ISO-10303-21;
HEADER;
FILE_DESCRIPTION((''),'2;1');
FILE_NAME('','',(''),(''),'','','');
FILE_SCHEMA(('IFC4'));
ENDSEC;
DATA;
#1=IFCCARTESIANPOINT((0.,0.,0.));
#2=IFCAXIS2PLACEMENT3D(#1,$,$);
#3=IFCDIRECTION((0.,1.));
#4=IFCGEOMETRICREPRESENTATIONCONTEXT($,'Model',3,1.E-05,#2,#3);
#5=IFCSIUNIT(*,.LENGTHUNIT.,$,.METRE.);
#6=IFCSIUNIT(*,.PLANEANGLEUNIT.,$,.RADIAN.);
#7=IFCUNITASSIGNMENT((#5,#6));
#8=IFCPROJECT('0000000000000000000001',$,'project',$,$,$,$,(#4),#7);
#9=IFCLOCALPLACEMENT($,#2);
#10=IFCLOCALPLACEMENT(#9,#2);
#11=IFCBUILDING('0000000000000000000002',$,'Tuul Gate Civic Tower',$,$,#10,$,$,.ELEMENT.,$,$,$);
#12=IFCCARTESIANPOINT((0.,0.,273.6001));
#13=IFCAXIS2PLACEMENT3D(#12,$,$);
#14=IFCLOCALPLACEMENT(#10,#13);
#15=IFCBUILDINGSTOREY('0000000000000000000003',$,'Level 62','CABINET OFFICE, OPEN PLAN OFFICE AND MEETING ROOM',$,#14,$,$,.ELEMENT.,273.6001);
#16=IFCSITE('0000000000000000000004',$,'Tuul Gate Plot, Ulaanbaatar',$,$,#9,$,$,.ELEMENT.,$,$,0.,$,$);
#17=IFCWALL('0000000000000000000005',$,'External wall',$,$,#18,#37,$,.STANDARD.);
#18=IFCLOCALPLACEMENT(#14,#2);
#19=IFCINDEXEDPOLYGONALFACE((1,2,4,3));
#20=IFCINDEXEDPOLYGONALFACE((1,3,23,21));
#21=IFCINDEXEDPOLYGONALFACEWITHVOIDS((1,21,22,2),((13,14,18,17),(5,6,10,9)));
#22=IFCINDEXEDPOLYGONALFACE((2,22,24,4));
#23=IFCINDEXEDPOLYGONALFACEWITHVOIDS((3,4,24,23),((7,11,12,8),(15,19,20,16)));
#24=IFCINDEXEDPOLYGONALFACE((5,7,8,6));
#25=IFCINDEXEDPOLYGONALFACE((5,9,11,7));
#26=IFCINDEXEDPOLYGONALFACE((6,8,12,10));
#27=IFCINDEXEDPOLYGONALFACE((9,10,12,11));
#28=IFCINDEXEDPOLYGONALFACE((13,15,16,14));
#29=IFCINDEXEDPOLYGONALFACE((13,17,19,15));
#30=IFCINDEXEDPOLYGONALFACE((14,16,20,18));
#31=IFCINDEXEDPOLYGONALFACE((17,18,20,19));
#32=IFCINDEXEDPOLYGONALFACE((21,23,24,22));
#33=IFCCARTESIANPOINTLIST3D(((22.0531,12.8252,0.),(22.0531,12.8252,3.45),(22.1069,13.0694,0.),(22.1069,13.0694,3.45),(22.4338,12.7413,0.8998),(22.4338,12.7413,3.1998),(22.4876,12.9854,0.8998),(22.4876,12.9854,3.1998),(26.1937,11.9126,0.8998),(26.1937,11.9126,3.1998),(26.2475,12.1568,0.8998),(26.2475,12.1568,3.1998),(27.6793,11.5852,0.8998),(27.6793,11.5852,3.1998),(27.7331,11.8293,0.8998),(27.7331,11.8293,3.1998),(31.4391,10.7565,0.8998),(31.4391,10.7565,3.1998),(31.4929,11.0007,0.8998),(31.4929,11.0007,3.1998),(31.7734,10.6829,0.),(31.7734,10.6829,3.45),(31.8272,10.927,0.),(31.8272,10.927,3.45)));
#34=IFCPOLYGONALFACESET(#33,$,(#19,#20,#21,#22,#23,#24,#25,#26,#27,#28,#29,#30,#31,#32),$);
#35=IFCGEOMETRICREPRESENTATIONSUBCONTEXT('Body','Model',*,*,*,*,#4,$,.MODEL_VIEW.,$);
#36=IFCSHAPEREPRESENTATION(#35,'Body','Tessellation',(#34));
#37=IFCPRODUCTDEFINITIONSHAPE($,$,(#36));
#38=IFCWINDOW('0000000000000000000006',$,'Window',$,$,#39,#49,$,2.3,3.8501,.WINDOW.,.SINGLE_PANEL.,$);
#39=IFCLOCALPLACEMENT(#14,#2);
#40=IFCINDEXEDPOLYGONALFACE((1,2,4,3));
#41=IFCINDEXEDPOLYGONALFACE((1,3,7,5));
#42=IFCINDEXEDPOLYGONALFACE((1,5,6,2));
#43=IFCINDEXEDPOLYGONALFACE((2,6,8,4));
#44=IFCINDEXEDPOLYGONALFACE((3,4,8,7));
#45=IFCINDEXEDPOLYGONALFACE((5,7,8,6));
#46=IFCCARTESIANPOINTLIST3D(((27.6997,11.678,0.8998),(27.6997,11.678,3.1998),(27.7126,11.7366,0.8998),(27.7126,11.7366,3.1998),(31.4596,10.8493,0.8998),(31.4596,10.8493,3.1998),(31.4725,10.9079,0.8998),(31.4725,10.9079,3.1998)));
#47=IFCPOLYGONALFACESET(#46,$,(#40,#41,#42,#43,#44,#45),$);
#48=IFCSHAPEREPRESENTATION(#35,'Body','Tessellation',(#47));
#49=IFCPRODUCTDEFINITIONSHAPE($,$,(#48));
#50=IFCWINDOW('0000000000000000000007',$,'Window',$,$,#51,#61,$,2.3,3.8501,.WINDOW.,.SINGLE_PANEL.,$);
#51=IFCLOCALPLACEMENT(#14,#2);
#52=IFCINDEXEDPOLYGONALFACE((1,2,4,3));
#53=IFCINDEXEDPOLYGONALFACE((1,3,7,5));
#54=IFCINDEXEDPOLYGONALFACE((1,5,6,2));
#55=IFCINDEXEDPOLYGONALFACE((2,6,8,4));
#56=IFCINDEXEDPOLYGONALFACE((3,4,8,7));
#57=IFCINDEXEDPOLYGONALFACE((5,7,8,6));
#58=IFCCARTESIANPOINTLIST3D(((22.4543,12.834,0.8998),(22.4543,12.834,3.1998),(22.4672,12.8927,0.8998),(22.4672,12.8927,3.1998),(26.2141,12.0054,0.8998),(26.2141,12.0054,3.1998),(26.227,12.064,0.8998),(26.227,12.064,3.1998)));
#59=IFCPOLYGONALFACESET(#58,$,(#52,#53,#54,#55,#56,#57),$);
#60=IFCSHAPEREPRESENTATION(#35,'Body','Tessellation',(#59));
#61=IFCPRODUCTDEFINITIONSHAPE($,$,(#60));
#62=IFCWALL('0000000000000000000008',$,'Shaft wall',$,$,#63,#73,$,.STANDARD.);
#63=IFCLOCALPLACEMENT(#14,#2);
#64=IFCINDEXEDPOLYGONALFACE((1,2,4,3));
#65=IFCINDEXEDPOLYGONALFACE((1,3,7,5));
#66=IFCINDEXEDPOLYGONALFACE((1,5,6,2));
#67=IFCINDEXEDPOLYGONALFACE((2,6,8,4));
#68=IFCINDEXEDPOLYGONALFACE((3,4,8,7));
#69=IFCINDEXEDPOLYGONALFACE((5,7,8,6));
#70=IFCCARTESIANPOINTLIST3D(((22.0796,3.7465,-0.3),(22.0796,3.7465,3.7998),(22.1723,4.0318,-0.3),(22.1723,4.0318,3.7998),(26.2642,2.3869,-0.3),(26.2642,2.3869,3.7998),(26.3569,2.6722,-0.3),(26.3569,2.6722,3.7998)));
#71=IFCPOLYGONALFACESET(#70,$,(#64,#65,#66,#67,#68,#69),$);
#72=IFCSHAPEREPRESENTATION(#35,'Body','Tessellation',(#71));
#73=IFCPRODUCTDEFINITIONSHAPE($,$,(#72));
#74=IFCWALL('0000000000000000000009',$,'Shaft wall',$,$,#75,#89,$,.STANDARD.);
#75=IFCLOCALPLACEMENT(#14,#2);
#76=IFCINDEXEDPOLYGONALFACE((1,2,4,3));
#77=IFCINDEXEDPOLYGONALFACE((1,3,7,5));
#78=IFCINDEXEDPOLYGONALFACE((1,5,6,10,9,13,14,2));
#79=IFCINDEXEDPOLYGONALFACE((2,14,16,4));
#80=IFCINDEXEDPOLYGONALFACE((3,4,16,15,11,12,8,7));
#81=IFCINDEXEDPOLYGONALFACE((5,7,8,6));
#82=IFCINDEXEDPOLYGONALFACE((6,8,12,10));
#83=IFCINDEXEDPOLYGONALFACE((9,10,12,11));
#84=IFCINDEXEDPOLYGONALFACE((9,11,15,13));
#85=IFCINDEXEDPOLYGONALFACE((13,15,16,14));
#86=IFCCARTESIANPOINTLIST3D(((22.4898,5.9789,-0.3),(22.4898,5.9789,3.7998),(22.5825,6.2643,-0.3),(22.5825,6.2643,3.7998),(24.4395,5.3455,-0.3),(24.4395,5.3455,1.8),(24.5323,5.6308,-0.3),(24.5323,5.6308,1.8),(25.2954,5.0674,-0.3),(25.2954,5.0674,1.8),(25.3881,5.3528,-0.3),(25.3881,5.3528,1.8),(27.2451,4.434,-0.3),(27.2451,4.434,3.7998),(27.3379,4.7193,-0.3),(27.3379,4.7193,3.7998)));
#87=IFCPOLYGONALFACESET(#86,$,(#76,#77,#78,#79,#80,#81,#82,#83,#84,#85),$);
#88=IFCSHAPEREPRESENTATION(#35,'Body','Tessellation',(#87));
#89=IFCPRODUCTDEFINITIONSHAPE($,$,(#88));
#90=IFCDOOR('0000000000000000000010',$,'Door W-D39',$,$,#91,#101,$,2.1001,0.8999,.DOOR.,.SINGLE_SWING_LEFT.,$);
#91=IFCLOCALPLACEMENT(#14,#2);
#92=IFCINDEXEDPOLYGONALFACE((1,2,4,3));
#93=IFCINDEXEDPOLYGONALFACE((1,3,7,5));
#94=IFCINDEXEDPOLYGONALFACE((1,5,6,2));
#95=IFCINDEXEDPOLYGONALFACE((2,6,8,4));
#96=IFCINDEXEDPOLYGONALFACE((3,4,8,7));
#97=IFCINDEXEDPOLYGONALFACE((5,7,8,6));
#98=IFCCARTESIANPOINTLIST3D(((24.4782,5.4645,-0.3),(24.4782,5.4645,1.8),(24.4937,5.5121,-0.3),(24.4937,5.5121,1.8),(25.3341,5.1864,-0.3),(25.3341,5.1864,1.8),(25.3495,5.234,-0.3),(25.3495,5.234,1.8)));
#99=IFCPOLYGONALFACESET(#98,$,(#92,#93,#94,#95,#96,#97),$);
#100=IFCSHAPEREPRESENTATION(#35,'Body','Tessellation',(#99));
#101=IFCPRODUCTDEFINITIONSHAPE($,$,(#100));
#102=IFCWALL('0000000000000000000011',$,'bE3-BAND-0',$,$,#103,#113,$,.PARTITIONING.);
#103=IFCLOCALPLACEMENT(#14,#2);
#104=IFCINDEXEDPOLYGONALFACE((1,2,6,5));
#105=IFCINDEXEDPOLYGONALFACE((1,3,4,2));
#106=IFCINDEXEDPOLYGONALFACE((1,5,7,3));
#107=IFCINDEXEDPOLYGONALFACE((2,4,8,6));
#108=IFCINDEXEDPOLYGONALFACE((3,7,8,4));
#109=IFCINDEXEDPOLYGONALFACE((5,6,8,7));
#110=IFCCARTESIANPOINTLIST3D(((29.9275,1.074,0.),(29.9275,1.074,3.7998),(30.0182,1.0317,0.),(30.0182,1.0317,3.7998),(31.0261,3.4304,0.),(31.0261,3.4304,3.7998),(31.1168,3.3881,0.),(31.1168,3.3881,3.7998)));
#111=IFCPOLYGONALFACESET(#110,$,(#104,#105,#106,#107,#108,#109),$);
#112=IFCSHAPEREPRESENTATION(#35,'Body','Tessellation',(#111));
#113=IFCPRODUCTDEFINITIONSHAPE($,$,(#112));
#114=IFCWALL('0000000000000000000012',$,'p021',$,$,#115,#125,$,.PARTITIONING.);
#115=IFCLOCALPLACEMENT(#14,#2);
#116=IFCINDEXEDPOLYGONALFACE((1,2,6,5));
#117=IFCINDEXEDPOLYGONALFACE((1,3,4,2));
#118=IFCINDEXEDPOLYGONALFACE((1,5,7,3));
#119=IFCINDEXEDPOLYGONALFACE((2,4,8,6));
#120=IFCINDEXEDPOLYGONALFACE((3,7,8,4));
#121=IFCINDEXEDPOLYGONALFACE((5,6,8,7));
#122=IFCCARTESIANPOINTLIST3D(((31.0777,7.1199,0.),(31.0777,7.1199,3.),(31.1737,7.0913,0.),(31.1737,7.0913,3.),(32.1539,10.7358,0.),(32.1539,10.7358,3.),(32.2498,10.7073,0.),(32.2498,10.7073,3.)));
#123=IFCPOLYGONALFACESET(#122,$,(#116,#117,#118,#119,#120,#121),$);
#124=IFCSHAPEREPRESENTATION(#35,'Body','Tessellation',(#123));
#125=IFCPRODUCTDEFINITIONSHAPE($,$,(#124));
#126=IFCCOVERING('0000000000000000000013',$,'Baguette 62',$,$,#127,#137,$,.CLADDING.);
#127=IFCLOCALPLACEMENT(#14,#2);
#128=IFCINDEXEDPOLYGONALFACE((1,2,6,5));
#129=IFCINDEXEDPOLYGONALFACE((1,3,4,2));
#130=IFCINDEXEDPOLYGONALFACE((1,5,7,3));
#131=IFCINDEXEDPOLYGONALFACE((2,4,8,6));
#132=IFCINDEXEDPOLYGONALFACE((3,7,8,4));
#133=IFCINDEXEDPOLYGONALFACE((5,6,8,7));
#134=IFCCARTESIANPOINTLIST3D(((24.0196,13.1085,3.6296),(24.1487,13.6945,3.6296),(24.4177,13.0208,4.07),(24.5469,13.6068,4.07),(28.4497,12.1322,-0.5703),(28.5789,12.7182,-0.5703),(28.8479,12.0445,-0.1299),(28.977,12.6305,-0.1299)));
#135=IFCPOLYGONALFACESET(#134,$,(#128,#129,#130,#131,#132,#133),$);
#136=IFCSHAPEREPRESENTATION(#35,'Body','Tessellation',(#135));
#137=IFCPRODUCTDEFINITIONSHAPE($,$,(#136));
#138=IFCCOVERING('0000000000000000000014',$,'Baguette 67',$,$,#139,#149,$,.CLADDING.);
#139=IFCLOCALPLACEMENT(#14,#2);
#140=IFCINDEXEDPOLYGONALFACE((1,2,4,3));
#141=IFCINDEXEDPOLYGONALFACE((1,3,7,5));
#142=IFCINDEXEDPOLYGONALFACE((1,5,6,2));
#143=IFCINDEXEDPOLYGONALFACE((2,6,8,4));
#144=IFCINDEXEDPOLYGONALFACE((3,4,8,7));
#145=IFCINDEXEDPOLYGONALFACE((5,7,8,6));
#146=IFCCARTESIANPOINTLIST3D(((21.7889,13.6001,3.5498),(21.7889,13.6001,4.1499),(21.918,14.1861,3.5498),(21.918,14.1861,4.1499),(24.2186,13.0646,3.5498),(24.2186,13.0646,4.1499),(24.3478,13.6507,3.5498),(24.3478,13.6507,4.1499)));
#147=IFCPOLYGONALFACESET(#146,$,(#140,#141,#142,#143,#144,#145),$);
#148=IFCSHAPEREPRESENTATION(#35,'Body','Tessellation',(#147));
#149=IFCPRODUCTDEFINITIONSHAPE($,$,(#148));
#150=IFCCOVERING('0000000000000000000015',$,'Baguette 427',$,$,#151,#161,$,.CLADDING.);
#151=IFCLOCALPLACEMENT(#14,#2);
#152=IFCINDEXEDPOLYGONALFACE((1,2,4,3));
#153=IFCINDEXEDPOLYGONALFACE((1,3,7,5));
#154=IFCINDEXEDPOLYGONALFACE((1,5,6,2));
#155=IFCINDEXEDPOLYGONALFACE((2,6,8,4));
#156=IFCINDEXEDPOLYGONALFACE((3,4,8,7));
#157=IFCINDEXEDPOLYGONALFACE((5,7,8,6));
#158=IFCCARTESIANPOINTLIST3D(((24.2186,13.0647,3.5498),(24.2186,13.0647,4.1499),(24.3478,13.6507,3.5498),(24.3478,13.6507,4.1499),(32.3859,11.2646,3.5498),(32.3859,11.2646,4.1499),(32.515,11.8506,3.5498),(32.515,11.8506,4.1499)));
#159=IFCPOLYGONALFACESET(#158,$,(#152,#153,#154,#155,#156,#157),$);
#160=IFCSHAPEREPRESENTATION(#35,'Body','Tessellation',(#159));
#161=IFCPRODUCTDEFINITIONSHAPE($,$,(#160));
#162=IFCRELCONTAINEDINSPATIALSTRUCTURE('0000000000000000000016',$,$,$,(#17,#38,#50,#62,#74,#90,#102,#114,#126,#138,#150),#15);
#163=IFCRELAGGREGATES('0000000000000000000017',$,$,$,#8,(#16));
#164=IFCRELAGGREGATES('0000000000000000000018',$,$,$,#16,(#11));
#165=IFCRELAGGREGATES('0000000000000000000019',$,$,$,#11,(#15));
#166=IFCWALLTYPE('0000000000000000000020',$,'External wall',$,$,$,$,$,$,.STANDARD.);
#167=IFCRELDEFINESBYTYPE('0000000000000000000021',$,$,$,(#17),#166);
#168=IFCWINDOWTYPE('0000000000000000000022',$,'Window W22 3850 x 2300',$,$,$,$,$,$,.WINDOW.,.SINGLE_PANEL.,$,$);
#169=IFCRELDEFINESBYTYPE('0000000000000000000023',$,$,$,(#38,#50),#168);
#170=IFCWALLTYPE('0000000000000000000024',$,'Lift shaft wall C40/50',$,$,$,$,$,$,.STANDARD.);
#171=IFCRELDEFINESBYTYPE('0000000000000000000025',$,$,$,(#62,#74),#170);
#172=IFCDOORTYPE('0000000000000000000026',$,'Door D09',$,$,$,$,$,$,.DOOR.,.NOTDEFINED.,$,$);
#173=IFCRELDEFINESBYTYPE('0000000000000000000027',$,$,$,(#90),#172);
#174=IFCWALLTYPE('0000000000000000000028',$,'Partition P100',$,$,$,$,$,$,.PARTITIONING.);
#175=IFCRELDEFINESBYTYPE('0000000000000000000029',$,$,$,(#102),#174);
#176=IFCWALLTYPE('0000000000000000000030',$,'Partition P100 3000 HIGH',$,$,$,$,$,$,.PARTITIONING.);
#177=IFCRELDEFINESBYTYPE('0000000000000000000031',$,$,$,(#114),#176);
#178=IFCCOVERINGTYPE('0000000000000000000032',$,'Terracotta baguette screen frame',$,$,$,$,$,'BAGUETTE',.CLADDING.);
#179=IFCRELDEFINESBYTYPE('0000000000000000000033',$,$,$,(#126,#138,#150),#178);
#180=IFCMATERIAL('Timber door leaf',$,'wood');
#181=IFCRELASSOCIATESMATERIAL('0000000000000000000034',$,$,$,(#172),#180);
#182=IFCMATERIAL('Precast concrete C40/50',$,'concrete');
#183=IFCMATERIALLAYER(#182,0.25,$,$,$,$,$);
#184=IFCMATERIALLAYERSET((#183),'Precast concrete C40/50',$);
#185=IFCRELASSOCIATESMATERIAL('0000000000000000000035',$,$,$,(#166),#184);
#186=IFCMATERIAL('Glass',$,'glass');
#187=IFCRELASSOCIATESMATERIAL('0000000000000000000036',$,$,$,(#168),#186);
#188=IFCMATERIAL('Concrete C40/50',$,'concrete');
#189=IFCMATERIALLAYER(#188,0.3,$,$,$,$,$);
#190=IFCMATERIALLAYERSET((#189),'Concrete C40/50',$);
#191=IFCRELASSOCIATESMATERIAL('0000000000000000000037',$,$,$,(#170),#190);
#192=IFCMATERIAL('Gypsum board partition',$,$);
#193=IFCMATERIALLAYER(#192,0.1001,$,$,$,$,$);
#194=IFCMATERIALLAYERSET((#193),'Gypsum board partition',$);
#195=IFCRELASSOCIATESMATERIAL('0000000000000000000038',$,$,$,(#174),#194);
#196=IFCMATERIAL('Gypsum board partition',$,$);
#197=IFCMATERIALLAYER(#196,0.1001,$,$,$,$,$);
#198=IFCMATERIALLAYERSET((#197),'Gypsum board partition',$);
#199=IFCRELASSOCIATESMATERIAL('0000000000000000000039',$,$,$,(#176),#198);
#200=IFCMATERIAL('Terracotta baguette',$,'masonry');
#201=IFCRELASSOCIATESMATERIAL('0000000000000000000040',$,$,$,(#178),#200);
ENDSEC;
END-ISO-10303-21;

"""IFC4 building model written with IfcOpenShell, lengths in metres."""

from ifc_helpers import new_model, si_unit, direction, frame, frame_2d, origin, origin_2d, place, context, subcontext, project, spatial, rectangle, extrude, material, layer, layer_set, material_profile, profile_set, type_object, element, fill, save


model = new_model("IFC4")

# Units and contexts
model_context = context("Model", 3, precision=1e-05, world=origin(), true_north=direction((0.0, 1.0)))
body_context = subcontext(model_context, "Body", "Model", "MODEL_VIEW")
ifc_project = project(units=[si_unit("LENGTHUNIT", "METRE"), si_unit("PLANEANGLEUNIT", "RADIAN")], contexts=[model_context])

# Site, building, storey
site_placement = place(None, origin())
site = spatial("IfcSite", under=ifc_project, at=site_placement, Name="Tuul Gate Plot, Ulaanbaatar", CompositionType="ELEMENT", RefElevation=0.0)
building_placement = place(site_placement, origin())
building = spatial("IfcBuilding", under=site, at=building_placement, Name="Tuul Gate Civic Tower", CompositionType="ELEMENT")
storey_placement = place(building_placement, frame((0.0, 0.0, 273.6001)))
storey = spatial("IfcBuildingStorey", under=building, at=storey_placement, Name="Level 62", Description="CABINET OFFICE, OPEN PLAN OFFICE AND MEETING ROOM", CompositionType="ELEMENT", Elevation=273.6001)

# Shared definitions
ifc_material_1 = material(Name="Timber door leaf", Category="wood")
door_type_1 = type_object("IfcDoorType", Name="Door D09", OperationType="NOTDEFINED", PredefinedType="DOOR", material=ifc_material_1)

# Wall, openings, windows
ifc_material_2 = material(Name="Precast concrete C40/50", Category="concrete")
ifc_layer_1 = layer(ifc_material_2, 0.25)
ifc_layer_set_1 = layer_set([ifc_layer_1], Name="Precast concrete C40/50")
wall_type_1 = type_object("IfcWallType", Name="External wall", PredefinedType="STANDARD", material=ifc_layer_set_1)
wall_1_placement = place(storey_placement, frame((31.8003, 10.8049, 0.0), z_axis=(0.0, 0.0, 1.0), x_axis=(-0.976562, 0.215234, 0.0)))
wall_1 = element("IfcWall", 1, at=wall_1_placement, inside=storey, type_object=wall_type_1, Name="External wall", PredefinedType="STANDARD", context=body_context, shape_type="SweptSolid", body=[
    extrude(rectangle(XDim=9.9536, YDim=0.25, at=frame_2d((4.9768, 0.0))), origin(), (0.0, 0.0, 1.0), 3.45),
])
opening_1_placement = place(wall_1_placement, frame((0.3423, 0.0, 0.8999)))
opening_1 = element("IfcOpeningElement", 2, at=opening_1_placement, cuts=wall_1, PredefinedType="OPENING", context=body_context, shape_type="SweptSolid", body=[
    extrude(rectangle(XDim=3.8501, YDim=2.3, at=frame_2d((1.925, 1.1499))), frame((0.0, 0.135, 0.0), z_axis=(0.0, -1.0, 0.0), x_axis=(1.0, 0.0, 0.0)), (0.0, 0.0, 1.0), 0.27),
])
opening_2_placement = place(wall_1_placement, frame((5.7136, 0.0, 0.8999)))
opening_2 = element("IfcOpeningElement", 3, at=opening_2_placement, cuts=wall_1, PredefinedType="OPENING", context=body_context, shape_type="SweptSolid", body=[
    extrude(rectangle(XDim=3.8501, YDim=2.3, at=frame_2d((1.925, 1.1499))), frame((0.0, 0.135, 0.0), z_axis=(0.0, -1.0, 0.0), x_axis=(1.0, 0.0, 0.0)), (0.0, 0.0, 1.0), 0.27),
])
ifc_material_3 = material(Name="Glass", Category="glass")
window_type = type_object("IfcWindowType", Name="Window W22 3850 x 2300", PartitioningType="SINGLE_PANEL", PredefinedType="WINDOW", material=ifc_material_3)
window_1_placement = place(opening_1_placement, origin())
window_1 = element("IfcWindow", 4, at=window_1_placement, inside=storey, type_object=window_type, Name="Window", OverallHeight=2.3, OverallWidth=3.8501, PartitioningType="SINGLE_PANEL", PredefinedType="WINDOW", context=body_context, shape_type="SweptSolid", body=[
    extrude(rectangle(XDim=3.8501, YDim=2.3, at=frame_2d((1.925, 1.1499))), frame((0.0, 0.03, 0.0), z_axis=(0.0, -1.0, 0.0), x_axis=(1.0, 0.0, 0.0)), (0.0, 0.0, 1.0), 0.0601),
])
fill(opening_1, window_1)
window_2_placement = place(opening_2_placement, origin())
window_2 = element("IfcWindow", 5, at=window_2_placement, inside=storey, type_object=window_type, Name="Window", OverallHeight=2.3, OverallWidth=3.8501, PartitioningType="SINGLE_PANEL", PredefinedType="WINDOW", context=body_context, shape_type="SweptSolid", body=[
    extrude(rectangle(XDim=3.8501, YDim=2.3, at=frame_2d((1.925, 1.1499))), frame((0.0, 0.03, 0.0), z_axis=(0.0, -1.0, 0.0), x_axis=(1.0, 0.0, 0.0)), (0.0, 0.0, 1.0), 0.0601),
])
fill(opening_2, window_2)

# Wall
ifc_material_4 = material(Name="Concrete C40/50", Category="concrete")
ifc_layer_2 = layer(ifc_material_4, 0.3)
ifc_layer_set_2 = layer_set([ifc_layer_2], Name="Concrete C40/50")
wall_type_2 = type_object("IfcWallType", Name="Lift shaft wall C40/50", PredefinedType="STANDARD", material=ifc_layer_set_2)
wall_2_placement = place(storey_placement, frame((26.3105, 2.5295, -0.3), z_axis=(0.0, 0.0, 1.0), x_axis=(-0.951059, 0.309011, 0.0)))
element("IfcWall", 6, at=wall_2_placement, inside=storey, type_object=wall_type_2, Name="Shaft wall", PredefinedType="STANDARD", context=body_context, shape_type="SweptSolid", body=[
    extrude(rectangle(XDim=4.3999, YDim=0.3, at=frame_2d((2.2, 0.0))), origin(), (0.0, 0.0, 1.0), 4.0999),
])

# Wall, opening, door
wall_3_placement = place(storey_placement, frame((27.2915, 4.5767, -0.3), z_axis=(0.0, 0.0, 1.0), x_axis=(-0.951068, 0.308982, 0.0)))
wall_3 = element("IfcWall", 7, at=wall_3_placement, inside=storey, type_object=wall_type_2, Name="Shaft wall", PredefinedType="STANDARD", context=body_context, shape_type="SweptSolid", body=[
    extrude(rectangle(XDim=5.0, YDim=0.3, at=frame_2d((2.5, 0.0))), origin(), (0.0, 0.0, 1.0), 4.0999),
])
opening_3_placement = place(wall_3_placement, frame((2.05, 0.0, 0.0)))
opening_3 = element("IfcOpeningElement", 8, at=opening_3_placement, cuts=wall_3, PredefinedType="OPENING", context=body_context, shape_type="SweptSolid", body=[
    extrude(rectangle(XDim=0.8999, YDim=2.1001, at=frame_2d((0.45, 1.05))), frame((0.0, 0.1602, 0.0), z_axis=(0.0, -1.0, 0.0), x_axis=(1.0, 0.0, 0.0)), (0.0, 0.0, 1.0), 0.3201),
])
door_1_placement = place(opening_3_placement, origin())
door_1 = element("IfcDoor", 9, at=door_1_placement, inside=storey, type_object=door_type_1, Name="Door W-D39", OperationType="SINGLE_SWING_LEFT", OverallHeight=2.1001, OverallWidth=0.8999, PredefinedType="DOOR", context=body_context, shape_type="SweptSolid", body=[
    extrude(rectangle(XDim=0.8999, YDim=2.1001, at=frame_2d((0.45, 1.05))), frame((0.0, 0.0249, 0.0), z_axis=(0.0, -1.0, 0.0), x_axis=(1.0, 0.0, 0.0)), (0.0, 0.0, 1.0), 0.05),
])
fill(opening_3, door_1)

# Walls
ifc_material_5 = material(Name="Gypsum board partition")
ifc_layer_3 = layer(ifc_material_5, 0.1001)
ifc_layer_set_3 = layer_set([ifc_layer_3], Name="Gypsum board partition")
wall_type_3 = type_object("IfcWallType", Name="Partition P100", PredefinedType="PARTITIONING", material=ifc_layer_set_3)
wall_4_placement = place(storey_placement, frame((29.9729, 1.053, 0.0), z_axis=(0.0, 0.0, 1.0), x_axis=(0.422556, 0.906337, 0.0)))
element("IfcWall", 10, at=wall_4_placement, inside=storey, type_object=wall_type_3, Name="bE3-BAND-0", PredefinedType="PARTITIONING", context=body_context, shape_type="SweptSolid", body=[
    extrude(rectangle(XDim=2.5999, YDim=0.1001, at=frame_2d((1.2998, 0.0))), origin(), (0.0, 0.0, 1.0), 3.7998),
])
ifc_material_6 = material(Name="Gypsum board partition")
ifc_layer_4 = layer(ifc_material_6, 0.1001)
ifc_layer_set_4 = layer_set([ifc_layer_4], Name="Gypsum board partition")
wall_type_4 = type_object("IfcWallType", Name="Partition P100 3000 HIGH", PredefinedType="PARTITIONING", material=ifc_layer_set_4)
wall_5_placement = place(storey_placement, frame((31.1257, 7.1057, 0.0), z_axis=(0.0, 0.0, 1.0), x_axis=(0.285251, 0.958453, 0.0)))
element("IfcWall", 11, at=wall_5_placement, inside=storey, type_object=wall_type_4, Name="p021", PredefinedType="PARTITIONING", context=body_context, shape_type="SweptSolid", body=[
    extrude(rectangle(XDim=3.7727, YDim=0.1001, at=frame_2d((1.8862, 0.0))), origin(), (0.0, 0.0, 1.0), 3.0),
])

# Coverings
ifc_material_7 = material(Name="Terracotta baguette", Category="masonry")
ifc_material_profile_1 = material_profile(ifc_material_7, rectangle(XDim=0.6001, YDim=0.6001, at=origin_2d()), Name="Terracotta baguette screen frame")
ifc_profile_set_1 = profile_set([ifc_material_profile_1], Name="Terracotta baguette")
covering_type = type_object("IfcCoveringType", Name="Terracotta baguette screen frame", ElementType="BAGUETTE", PredefinedType="CLADDING", material=ifc_profile_set_1)
covering_1_placement = place(storey_placement, frame((28.7134, 12.3813, -0.3501), z_axis=(-0.716605, 0.157925, 0.679365), x_axis=(-0.215215, -0.976567, 0.0)))
element("IfcCovering", 12, at=covering_1_placement, inside=storey, type_object=covering_type, Name="Baguette 62", PredefinedType="CLADDING", context=body_context, shape_type="SweptSolid", body=[
    extrude(rectangle(XDim=0.6001, YDim=0.6001, at=origin_2d()), origin(), (0.0, 0.0, 1.0), 6.1821),
])
covering_2_placement = place(storey_placement, frame((24.2832, 13.3577, 3.8499), z_axis=(-0.976571, 0.215195, 0.0), x_axis=(-0.215195, -0.976571, 0.0)))
element("IfcCovering", 13, at=covering_2_placement, inside=storey, type_object=covering_type, Name="Baguette 67", PredefinedType="CLADDING", context=body_context, shape_type="SweptSolid", body=[
    extrude(rectangle(XDim=0.6001, YDim=0.6001, at=origin_2d()), origin(), (0.0, 0.0, 1.0), 2.488),
])
covering_3_placement = place(storey_placement, frame((32.4504, 11.5576, 3.8499), z_axis=(-0.976563, 0.215233, 0.0), x_axis=(-0.215233, -0.976563, 0.0)))
element("IfcCovering", 14, at=covering_3_placement, inside=storey, type_object=covering_type, Name="Baguette 427", PredefinedType="CLADDING", context=body_context, shape_type="SweptSolid", body=[
    extrude(rectangle(XDim=0.6001, YDim=0.6001, at=origin_2d()), origin(), (0.0, 0.0, 1.0), 8.3633),
])

save(model, "model.ifc")
